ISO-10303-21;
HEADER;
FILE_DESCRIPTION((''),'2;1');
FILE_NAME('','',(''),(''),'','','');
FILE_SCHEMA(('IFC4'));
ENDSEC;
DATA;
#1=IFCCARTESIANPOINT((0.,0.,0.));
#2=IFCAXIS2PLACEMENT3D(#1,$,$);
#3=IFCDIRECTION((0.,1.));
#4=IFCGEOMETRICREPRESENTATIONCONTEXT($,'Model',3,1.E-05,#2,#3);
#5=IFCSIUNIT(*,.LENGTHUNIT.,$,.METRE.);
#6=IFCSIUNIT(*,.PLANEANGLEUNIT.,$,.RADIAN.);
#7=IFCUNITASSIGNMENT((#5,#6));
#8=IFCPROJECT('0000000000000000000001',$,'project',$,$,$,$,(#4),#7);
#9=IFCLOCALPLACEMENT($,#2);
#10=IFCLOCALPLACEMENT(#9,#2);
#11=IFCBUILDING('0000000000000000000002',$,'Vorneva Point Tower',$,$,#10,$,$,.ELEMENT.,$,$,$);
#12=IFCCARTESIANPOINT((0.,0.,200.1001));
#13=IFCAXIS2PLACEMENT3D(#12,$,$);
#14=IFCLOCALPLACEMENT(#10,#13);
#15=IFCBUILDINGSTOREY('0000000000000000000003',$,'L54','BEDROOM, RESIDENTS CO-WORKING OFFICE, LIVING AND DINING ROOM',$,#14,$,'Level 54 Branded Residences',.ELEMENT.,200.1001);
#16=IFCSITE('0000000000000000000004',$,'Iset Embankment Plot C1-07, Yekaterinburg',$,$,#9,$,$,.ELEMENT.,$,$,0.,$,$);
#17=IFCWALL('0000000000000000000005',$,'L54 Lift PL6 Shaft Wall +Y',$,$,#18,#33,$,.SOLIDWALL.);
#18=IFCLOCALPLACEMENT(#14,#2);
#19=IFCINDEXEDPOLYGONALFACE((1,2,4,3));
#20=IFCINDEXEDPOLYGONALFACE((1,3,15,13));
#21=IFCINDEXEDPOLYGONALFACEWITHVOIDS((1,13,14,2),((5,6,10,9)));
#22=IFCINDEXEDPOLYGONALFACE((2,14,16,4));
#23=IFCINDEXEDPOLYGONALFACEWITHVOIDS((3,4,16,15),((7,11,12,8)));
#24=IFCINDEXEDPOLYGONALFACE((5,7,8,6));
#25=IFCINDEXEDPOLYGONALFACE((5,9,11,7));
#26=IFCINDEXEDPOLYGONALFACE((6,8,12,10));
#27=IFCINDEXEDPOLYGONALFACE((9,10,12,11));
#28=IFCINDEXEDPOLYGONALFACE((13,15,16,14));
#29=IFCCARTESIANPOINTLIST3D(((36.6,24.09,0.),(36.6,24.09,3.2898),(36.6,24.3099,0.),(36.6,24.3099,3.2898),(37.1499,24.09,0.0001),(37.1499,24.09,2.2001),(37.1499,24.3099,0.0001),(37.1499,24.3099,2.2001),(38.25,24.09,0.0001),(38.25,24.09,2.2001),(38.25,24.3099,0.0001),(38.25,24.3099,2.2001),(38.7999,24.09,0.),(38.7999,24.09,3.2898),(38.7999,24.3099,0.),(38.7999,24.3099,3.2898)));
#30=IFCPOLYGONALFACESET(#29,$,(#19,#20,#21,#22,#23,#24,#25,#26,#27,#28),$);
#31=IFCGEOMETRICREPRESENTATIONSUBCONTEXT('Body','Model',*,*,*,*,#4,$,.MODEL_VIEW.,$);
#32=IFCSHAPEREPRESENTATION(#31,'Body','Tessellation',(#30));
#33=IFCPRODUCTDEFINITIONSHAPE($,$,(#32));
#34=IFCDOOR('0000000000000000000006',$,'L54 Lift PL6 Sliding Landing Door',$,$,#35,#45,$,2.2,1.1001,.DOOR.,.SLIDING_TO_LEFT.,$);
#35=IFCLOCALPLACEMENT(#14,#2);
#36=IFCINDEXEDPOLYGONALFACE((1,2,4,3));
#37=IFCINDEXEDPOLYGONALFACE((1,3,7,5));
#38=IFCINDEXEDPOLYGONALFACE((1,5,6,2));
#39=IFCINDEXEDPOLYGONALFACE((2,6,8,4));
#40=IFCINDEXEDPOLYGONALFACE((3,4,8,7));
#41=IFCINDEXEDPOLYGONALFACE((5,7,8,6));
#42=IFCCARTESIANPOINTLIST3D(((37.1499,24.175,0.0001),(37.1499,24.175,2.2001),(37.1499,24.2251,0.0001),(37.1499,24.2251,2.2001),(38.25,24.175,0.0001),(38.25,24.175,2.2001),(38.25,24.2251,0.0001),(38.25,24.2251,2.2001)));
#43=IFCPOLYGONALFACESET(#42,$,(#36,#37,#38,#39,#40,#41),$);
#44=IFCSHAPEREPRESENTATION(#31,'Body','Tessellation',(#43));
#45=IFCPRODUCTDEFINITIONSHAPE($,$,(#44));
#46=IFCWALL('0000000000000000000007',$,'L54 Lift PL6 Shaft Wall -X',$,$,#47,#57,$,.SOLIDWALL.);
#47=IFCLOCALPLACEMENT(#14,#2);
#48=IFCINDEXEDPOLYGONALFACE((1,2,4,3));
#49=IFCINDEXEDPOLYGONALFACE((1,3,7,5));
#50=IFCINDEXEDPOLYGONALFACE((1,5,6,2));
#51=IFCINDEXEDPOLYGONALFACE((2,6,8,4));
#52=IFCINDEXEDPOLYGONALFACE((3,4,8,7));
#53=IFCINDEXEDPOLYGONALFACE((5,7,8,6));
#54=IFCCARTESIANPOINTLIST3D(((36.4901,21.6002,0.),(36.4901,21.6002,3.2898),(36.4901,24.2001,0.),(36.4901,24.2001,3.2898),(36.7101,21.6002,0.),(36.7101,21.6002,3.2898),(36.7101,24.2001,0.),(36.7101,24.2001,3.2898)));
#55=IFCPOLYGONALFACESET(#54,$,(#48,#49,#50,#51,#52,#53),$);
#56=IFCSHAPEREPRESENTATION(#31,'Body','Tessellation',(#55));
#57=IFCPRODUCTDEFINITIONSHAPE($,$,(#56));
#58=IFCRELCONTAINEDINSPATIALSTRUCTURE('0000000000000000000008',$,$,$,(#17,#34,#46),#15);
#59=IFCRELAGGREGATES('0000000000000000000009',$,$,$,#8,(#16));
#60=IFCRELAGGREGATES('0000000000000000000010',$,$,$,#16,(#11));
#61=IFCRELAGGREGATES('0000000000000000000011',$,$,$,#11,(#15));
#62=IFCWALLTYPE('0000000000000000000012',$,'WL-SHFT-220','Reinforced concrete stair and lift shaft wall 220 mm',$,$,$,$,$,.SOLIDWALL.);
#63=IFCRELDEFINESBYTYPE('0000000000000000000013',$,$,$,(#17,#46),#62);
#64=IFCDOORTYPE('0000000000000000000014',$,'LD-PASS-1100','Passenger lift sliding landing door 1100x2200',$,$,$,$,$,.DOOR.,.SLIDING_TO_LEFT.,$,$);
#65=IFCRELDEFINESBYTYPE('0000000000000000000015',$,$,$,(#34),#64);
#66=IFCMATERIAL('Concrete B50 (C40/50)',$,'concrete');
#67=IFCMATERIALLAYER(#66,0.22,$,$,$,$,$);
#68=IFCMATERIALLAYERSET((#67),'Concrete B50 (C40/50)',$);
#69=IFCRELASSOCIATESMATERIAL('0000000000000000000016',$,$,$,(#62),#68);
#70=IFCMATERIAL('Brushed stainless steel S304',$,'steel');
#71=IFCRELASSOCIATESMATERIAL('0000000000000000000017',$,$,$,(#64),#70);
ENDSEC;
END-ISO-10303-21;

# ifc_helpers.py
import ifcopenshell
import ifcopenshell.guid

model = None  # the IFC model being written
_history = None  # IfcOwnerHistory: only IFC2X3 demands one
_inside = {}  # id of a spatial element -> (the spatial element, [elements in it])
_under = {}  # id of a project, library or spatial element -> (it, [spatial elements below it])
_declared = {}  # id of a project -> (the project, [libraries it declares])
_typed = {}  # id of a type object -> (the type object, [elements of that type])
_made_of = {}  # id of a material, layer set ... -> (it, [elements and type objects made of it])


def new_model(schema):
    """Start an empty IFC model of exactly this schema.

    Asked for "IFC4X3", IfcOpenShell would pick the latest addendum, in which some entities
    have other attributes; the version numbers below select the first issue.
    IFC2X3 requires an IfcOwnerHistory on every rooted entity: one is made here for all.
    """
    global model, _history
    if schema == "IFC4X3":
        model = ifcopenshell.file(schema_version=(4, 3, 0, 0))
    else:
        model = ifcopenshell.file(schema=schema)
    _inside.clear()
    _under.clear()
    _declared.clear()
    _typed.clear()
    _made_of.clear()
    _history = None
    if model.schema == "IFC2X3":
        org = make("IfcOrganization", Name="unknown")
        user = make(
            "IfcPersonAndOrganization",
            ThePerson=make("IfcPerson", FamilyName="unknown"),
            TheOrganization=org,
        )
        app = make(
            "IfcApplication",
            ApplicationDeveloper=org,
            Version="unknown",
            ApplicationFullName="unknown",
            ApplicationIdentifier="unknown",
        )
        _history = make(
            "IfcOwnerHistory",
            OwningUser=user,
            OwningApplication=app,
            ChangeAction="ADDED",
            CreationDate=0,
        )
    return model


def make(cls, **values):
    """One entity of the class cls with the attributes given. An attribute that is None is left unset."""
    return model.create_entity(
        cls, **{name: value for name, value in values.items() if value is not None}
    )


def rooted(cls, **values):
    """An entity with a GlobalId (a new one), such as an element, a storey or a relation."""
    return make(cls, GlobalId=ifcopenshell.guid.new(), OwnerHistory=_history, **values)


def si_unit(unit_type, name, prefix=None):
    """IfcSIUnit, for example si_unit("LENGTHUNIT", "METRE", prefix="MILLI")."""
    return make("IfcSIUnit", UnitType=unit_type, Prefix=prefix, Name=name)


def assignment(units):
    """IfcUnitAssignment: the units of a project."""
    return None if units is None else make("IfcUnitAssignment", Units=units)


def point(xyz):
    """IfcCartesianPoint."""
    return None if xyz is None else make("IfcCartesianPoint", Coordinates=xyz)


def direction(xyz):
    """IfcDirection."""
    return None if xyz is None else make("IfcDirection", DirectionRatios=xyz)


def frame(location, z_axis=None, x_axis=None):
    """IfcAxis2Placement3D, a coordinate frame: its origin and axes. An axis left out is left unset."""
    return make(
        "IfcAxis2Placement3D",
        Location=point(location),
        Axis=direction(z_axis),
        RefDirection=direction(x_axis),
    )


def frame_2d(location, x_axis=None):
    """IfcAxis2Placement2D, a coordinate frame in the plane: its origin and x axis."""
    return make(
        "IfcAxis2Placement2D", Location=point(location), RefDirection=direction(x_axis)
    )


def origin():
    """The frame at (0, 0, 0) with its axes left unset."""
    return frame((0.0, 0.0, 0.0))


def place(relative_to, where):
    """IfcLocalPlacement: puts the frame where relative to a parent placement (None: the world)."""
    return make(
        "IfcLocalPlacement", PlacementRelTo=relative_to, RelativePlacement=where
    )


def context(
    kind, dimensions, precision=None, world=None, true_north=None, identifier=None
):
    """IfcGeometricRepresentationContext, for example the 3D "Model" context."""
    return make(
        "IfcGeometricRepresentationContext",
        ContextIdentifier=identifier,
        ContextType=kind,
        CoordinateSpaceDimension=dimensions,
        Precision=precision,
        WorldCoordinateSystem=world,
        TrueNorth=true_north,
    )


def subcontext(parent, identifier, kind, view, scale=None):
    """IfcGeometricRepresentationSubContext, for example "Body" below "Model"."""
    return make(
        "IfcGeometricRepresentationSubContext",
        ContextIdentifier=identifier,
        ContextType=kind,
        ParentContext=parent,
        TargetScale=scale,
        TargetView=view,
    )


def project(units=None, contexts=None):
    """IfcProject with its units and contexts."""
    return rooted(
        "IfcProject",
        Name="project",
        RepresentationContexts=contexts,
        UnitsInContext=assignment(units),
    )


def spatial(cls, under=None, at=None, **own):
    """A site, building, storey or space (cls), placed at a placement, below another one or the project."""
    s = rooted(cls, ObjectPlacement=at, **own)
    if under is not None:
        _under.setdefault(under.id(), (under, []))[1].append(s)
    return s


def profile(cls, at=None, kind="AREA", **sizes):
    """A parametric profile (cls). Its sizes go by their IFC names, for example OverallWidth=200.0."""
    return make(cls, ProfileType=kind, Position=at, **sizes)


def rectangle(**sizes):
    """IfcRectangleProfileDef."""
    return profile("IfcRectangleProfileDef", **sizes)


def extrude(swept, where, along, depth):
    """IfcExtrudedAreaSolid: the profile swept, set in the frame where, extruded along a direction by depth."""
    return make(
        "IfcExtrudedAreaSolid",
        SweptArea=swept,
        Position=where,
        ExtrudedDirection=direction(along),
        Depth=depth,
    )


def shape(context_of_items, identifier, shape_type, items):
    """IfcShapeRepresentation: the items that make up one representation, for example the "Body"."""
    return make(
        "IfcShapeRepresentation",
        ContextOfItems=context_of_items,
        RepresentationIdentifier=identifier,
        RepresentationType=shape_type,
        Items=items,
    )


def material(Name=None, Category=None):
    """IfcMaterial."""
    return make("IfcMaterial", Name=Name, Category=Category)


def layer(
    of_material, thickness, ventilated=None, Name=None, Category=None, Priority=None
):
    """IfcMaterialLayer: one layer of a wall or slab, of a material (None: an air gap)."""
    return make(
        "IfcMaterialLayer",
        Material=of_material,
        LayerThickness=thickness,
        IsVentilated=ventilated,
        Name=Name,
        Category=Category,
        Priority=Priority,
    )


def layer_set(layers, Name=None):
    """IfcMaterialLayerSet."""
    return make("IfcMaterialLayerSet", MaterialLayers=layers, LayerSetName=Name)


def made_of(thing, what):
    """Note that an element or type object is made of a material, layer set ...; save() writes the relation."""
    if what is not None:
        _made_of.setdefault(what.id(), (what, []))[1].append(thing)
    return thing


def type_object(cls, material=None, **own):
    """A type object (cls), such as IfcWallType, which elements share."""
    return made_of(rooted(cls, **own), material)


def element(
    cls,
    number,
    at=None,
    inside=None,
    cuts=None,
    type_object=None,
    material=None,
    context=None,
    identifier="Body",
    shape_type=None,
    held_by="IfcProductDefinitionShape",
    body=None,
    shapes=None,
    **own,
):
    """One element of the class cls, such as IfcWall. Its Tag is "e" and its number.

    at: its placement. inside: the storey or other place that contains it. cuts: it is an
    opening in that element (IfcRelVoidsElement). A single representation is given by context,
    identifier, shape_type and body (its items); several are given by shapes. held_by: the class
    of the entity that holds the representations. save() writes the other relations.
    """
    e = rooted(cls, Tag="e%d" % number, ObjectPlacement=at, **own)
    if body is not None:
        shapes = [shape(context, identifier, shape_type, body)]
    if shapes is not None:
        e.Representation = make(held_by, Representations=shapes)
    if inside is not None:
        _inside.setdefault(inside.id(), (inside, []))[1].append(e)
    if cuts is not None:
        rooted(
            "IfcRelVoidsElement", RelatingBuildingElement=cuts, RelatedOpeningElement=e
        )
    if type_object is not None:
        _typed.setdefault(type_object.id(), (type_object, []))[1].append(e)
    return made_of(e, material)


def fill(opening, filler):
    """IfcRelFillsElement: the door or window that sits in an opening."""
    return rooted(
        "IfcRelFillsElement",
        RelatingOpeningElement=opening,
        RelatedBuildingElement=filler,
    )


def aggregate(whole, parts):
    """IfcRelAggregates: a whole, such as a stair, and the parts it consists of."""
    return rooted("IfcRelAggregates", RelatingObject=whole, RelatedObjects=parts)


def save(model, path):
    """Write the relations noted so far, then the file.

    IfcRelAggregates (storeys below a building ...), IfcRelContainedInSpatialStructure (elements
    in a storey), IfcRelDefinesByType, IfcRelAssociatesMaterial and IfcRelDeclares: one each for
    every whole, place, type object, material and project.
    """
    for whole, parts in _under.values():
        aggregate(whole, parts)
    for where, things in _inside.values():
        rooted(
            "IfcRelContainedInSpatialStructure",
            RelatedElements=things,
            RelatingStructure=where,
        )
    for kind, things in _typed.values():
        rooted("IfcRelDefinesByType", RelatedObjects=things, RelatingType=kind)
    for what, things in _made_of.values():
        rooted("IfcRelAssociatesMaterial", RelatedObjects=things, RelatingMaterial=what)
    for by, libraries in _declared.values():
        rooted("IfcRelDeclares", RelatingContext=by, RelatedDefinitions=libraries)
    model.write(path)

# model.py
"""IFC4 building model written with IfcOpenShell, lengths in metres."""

from ifc_helpers import new_model, si_unit, direction, frame, frame_2d, origin, place, context, subcontext, project, spatial, rectangle, extrude, material, layer, layer_set, type_object, element, fill, save


model = new_model("IFC4")

# Units and contexts
model_context = context("Model", 3, precision=1e-05, world=origin(), true_north=direction((0.0, 1.0)))
body_context = subcontext(model_context, "Body", "Model", "MODEL_VIEW")
ifc_project = project(units=[si_unit("LENGTHUNIT", "METRE"), si_unit("PLANEANGLEUNIT", "RADIAN")], contexts=[model_context])

# Site, building, storey
site_placement = place(None, origin())
site = spatial("IfcSite", under=ifc_project, at=site_placement, Name="Iset Embankment Plot C1-07, Yekaterinburg", CompositionType="ELEMENT", RefElevation=0.0)
building_placement = place(site_placement, origin())
building = spatial("IfcBuilding", under=site, at=building_placement, Name="Vorneva Point Tower", CompositionType="ELEMENT")
storey_placement = place(building_placement, frame((0.0, 0.0, 200.1001)))
storey = spatial("IfcBuildingStorey", under=building, at=storey_placement, Name="L54", Description="BEDROOM, RESIDENTS CO-WORKING OFFICE, LIVING AND DINING ROOM", LongName="Level 54 Branded Residences", CompositionType="ELEMENT", Elevation=200.1001)

# Shared definitions
ifc_material_1 = material(Name="Concrete B50 (C40/50)", Category="concrete")
ifc_layer_1 = layer(ifc_material_1, 0.22)
ifc_layer_set_1 = layer_set([ifc_layer_1], Name="Concrete B50 (C40/50)")
wall_type_1 = type_object("IfcWallType", Name="WL-SHFT-220", Description="Reinforced concrete stair and lift shaft wall 220 mm", PredefinedType="SOLIDWALL", material=ifc_layer_set_1)

# Shared definitions
ifc_material_2 = material(Name="Brushed stainless steel S304", Category="steel")
door_type_1 = type_object("IfcDoorType", Name="LD-PASS-1100", Description="Passenger lift sliding landing door 1100x2200", OperationType="SLIDING_TO_LEFT", PredefinedType="DOOR", material=ifc_material_2)

# Wall, opening, door
wall_1_placement = place(storey_placement, frame((38.8, 24.2, 0.0), z_axis=(0.0, 0.0, 1.0), x_axis=(-1.0, 0.0, 0.0)))
wall_1 = element("IfcWall", 1, at=wall_1_placement, inside=storey, type_object=wall_type_1, Name="L54 Lift PL6 Shaft Wall +Y", PredefinedType="SOLIDWALL", context=body_context, shape_type="SweptSolid", body=[
    extrude(rectangle(XDim=2.2, YDim=0.22, at=frame_2d((1.1001, 0.0))), origin(), (0.0, 0.0, 1.0), 3.2898),
])
opening_1_placement = place(wall_1_placement, frame((0.55, 0.0, 0.0)))
opening_1 = element("IfcOpeningElement", 2, at=opening_1_placement, cuts=wall_1, PredefinedType="OPENING", context=body_context, shape_type="SweptSolid", body=[
    extrude(rectangle(XDim=1.1001, YDim=2.2, at=frame_2d((0.55, 1.1001))), frame((0.0, 0.125, 0.0), z_axis=(0.0, -1.0, 0.0), x_axis=(1.0, 0.0, 0.0)), (0.0, 0.0, 1.0), 0.2498),
])
door_1_placement = place(opening_1_placement, origin())
door_1 = element("IfcDoor", 3, at=door_1_placement, inside=storey, type_object=door_type_1, Name="L54 Lift PL6 Sliding Landing Door", OperationType="SLIDING_TO_LEFT", OverallHeight=2.2, OverallWidth=1.1001, PredefinedType="DOOR", context=body_context, shape_type="SweptSolid", body=[
    extrude(rectangle(XDim=1.1001, YDim=2.2, at=frame_2d((0.55, 1.1001))), frame((0.0, 0.0249, 0.0), z_axis=(0.0, -1.0, 0.0), x_axis=(1.0, 0.0, 0.0)), (0.0, 0.0, 1.0), 0.05),
])
fill(opening_1, door_1)

# Wall
wall_2_placement = place(storey_placement, frame((36.6001, 24.2, 0.0), z_axis=(0.0, 0.0, 1.0), x_axis=(0.0, -1.0, 0.0)))
element("IfcWall", 4, at=wall_2_placement, inside=storey, type_object=wall_type_1, Name="L54 Lift PL6 Shaft Wall -X", PredefinedType="SOLIDWALL", context=body_context, shape_type="SweptSolid", body=[
    extrude(rectangle(XDim=2.5999, YDim=0.22, at=frame_2d((1.2998, 0.0))), origin(), (0.0, 0.0, 1.0), 3.2898),
])

save(model, "model.ifc")
